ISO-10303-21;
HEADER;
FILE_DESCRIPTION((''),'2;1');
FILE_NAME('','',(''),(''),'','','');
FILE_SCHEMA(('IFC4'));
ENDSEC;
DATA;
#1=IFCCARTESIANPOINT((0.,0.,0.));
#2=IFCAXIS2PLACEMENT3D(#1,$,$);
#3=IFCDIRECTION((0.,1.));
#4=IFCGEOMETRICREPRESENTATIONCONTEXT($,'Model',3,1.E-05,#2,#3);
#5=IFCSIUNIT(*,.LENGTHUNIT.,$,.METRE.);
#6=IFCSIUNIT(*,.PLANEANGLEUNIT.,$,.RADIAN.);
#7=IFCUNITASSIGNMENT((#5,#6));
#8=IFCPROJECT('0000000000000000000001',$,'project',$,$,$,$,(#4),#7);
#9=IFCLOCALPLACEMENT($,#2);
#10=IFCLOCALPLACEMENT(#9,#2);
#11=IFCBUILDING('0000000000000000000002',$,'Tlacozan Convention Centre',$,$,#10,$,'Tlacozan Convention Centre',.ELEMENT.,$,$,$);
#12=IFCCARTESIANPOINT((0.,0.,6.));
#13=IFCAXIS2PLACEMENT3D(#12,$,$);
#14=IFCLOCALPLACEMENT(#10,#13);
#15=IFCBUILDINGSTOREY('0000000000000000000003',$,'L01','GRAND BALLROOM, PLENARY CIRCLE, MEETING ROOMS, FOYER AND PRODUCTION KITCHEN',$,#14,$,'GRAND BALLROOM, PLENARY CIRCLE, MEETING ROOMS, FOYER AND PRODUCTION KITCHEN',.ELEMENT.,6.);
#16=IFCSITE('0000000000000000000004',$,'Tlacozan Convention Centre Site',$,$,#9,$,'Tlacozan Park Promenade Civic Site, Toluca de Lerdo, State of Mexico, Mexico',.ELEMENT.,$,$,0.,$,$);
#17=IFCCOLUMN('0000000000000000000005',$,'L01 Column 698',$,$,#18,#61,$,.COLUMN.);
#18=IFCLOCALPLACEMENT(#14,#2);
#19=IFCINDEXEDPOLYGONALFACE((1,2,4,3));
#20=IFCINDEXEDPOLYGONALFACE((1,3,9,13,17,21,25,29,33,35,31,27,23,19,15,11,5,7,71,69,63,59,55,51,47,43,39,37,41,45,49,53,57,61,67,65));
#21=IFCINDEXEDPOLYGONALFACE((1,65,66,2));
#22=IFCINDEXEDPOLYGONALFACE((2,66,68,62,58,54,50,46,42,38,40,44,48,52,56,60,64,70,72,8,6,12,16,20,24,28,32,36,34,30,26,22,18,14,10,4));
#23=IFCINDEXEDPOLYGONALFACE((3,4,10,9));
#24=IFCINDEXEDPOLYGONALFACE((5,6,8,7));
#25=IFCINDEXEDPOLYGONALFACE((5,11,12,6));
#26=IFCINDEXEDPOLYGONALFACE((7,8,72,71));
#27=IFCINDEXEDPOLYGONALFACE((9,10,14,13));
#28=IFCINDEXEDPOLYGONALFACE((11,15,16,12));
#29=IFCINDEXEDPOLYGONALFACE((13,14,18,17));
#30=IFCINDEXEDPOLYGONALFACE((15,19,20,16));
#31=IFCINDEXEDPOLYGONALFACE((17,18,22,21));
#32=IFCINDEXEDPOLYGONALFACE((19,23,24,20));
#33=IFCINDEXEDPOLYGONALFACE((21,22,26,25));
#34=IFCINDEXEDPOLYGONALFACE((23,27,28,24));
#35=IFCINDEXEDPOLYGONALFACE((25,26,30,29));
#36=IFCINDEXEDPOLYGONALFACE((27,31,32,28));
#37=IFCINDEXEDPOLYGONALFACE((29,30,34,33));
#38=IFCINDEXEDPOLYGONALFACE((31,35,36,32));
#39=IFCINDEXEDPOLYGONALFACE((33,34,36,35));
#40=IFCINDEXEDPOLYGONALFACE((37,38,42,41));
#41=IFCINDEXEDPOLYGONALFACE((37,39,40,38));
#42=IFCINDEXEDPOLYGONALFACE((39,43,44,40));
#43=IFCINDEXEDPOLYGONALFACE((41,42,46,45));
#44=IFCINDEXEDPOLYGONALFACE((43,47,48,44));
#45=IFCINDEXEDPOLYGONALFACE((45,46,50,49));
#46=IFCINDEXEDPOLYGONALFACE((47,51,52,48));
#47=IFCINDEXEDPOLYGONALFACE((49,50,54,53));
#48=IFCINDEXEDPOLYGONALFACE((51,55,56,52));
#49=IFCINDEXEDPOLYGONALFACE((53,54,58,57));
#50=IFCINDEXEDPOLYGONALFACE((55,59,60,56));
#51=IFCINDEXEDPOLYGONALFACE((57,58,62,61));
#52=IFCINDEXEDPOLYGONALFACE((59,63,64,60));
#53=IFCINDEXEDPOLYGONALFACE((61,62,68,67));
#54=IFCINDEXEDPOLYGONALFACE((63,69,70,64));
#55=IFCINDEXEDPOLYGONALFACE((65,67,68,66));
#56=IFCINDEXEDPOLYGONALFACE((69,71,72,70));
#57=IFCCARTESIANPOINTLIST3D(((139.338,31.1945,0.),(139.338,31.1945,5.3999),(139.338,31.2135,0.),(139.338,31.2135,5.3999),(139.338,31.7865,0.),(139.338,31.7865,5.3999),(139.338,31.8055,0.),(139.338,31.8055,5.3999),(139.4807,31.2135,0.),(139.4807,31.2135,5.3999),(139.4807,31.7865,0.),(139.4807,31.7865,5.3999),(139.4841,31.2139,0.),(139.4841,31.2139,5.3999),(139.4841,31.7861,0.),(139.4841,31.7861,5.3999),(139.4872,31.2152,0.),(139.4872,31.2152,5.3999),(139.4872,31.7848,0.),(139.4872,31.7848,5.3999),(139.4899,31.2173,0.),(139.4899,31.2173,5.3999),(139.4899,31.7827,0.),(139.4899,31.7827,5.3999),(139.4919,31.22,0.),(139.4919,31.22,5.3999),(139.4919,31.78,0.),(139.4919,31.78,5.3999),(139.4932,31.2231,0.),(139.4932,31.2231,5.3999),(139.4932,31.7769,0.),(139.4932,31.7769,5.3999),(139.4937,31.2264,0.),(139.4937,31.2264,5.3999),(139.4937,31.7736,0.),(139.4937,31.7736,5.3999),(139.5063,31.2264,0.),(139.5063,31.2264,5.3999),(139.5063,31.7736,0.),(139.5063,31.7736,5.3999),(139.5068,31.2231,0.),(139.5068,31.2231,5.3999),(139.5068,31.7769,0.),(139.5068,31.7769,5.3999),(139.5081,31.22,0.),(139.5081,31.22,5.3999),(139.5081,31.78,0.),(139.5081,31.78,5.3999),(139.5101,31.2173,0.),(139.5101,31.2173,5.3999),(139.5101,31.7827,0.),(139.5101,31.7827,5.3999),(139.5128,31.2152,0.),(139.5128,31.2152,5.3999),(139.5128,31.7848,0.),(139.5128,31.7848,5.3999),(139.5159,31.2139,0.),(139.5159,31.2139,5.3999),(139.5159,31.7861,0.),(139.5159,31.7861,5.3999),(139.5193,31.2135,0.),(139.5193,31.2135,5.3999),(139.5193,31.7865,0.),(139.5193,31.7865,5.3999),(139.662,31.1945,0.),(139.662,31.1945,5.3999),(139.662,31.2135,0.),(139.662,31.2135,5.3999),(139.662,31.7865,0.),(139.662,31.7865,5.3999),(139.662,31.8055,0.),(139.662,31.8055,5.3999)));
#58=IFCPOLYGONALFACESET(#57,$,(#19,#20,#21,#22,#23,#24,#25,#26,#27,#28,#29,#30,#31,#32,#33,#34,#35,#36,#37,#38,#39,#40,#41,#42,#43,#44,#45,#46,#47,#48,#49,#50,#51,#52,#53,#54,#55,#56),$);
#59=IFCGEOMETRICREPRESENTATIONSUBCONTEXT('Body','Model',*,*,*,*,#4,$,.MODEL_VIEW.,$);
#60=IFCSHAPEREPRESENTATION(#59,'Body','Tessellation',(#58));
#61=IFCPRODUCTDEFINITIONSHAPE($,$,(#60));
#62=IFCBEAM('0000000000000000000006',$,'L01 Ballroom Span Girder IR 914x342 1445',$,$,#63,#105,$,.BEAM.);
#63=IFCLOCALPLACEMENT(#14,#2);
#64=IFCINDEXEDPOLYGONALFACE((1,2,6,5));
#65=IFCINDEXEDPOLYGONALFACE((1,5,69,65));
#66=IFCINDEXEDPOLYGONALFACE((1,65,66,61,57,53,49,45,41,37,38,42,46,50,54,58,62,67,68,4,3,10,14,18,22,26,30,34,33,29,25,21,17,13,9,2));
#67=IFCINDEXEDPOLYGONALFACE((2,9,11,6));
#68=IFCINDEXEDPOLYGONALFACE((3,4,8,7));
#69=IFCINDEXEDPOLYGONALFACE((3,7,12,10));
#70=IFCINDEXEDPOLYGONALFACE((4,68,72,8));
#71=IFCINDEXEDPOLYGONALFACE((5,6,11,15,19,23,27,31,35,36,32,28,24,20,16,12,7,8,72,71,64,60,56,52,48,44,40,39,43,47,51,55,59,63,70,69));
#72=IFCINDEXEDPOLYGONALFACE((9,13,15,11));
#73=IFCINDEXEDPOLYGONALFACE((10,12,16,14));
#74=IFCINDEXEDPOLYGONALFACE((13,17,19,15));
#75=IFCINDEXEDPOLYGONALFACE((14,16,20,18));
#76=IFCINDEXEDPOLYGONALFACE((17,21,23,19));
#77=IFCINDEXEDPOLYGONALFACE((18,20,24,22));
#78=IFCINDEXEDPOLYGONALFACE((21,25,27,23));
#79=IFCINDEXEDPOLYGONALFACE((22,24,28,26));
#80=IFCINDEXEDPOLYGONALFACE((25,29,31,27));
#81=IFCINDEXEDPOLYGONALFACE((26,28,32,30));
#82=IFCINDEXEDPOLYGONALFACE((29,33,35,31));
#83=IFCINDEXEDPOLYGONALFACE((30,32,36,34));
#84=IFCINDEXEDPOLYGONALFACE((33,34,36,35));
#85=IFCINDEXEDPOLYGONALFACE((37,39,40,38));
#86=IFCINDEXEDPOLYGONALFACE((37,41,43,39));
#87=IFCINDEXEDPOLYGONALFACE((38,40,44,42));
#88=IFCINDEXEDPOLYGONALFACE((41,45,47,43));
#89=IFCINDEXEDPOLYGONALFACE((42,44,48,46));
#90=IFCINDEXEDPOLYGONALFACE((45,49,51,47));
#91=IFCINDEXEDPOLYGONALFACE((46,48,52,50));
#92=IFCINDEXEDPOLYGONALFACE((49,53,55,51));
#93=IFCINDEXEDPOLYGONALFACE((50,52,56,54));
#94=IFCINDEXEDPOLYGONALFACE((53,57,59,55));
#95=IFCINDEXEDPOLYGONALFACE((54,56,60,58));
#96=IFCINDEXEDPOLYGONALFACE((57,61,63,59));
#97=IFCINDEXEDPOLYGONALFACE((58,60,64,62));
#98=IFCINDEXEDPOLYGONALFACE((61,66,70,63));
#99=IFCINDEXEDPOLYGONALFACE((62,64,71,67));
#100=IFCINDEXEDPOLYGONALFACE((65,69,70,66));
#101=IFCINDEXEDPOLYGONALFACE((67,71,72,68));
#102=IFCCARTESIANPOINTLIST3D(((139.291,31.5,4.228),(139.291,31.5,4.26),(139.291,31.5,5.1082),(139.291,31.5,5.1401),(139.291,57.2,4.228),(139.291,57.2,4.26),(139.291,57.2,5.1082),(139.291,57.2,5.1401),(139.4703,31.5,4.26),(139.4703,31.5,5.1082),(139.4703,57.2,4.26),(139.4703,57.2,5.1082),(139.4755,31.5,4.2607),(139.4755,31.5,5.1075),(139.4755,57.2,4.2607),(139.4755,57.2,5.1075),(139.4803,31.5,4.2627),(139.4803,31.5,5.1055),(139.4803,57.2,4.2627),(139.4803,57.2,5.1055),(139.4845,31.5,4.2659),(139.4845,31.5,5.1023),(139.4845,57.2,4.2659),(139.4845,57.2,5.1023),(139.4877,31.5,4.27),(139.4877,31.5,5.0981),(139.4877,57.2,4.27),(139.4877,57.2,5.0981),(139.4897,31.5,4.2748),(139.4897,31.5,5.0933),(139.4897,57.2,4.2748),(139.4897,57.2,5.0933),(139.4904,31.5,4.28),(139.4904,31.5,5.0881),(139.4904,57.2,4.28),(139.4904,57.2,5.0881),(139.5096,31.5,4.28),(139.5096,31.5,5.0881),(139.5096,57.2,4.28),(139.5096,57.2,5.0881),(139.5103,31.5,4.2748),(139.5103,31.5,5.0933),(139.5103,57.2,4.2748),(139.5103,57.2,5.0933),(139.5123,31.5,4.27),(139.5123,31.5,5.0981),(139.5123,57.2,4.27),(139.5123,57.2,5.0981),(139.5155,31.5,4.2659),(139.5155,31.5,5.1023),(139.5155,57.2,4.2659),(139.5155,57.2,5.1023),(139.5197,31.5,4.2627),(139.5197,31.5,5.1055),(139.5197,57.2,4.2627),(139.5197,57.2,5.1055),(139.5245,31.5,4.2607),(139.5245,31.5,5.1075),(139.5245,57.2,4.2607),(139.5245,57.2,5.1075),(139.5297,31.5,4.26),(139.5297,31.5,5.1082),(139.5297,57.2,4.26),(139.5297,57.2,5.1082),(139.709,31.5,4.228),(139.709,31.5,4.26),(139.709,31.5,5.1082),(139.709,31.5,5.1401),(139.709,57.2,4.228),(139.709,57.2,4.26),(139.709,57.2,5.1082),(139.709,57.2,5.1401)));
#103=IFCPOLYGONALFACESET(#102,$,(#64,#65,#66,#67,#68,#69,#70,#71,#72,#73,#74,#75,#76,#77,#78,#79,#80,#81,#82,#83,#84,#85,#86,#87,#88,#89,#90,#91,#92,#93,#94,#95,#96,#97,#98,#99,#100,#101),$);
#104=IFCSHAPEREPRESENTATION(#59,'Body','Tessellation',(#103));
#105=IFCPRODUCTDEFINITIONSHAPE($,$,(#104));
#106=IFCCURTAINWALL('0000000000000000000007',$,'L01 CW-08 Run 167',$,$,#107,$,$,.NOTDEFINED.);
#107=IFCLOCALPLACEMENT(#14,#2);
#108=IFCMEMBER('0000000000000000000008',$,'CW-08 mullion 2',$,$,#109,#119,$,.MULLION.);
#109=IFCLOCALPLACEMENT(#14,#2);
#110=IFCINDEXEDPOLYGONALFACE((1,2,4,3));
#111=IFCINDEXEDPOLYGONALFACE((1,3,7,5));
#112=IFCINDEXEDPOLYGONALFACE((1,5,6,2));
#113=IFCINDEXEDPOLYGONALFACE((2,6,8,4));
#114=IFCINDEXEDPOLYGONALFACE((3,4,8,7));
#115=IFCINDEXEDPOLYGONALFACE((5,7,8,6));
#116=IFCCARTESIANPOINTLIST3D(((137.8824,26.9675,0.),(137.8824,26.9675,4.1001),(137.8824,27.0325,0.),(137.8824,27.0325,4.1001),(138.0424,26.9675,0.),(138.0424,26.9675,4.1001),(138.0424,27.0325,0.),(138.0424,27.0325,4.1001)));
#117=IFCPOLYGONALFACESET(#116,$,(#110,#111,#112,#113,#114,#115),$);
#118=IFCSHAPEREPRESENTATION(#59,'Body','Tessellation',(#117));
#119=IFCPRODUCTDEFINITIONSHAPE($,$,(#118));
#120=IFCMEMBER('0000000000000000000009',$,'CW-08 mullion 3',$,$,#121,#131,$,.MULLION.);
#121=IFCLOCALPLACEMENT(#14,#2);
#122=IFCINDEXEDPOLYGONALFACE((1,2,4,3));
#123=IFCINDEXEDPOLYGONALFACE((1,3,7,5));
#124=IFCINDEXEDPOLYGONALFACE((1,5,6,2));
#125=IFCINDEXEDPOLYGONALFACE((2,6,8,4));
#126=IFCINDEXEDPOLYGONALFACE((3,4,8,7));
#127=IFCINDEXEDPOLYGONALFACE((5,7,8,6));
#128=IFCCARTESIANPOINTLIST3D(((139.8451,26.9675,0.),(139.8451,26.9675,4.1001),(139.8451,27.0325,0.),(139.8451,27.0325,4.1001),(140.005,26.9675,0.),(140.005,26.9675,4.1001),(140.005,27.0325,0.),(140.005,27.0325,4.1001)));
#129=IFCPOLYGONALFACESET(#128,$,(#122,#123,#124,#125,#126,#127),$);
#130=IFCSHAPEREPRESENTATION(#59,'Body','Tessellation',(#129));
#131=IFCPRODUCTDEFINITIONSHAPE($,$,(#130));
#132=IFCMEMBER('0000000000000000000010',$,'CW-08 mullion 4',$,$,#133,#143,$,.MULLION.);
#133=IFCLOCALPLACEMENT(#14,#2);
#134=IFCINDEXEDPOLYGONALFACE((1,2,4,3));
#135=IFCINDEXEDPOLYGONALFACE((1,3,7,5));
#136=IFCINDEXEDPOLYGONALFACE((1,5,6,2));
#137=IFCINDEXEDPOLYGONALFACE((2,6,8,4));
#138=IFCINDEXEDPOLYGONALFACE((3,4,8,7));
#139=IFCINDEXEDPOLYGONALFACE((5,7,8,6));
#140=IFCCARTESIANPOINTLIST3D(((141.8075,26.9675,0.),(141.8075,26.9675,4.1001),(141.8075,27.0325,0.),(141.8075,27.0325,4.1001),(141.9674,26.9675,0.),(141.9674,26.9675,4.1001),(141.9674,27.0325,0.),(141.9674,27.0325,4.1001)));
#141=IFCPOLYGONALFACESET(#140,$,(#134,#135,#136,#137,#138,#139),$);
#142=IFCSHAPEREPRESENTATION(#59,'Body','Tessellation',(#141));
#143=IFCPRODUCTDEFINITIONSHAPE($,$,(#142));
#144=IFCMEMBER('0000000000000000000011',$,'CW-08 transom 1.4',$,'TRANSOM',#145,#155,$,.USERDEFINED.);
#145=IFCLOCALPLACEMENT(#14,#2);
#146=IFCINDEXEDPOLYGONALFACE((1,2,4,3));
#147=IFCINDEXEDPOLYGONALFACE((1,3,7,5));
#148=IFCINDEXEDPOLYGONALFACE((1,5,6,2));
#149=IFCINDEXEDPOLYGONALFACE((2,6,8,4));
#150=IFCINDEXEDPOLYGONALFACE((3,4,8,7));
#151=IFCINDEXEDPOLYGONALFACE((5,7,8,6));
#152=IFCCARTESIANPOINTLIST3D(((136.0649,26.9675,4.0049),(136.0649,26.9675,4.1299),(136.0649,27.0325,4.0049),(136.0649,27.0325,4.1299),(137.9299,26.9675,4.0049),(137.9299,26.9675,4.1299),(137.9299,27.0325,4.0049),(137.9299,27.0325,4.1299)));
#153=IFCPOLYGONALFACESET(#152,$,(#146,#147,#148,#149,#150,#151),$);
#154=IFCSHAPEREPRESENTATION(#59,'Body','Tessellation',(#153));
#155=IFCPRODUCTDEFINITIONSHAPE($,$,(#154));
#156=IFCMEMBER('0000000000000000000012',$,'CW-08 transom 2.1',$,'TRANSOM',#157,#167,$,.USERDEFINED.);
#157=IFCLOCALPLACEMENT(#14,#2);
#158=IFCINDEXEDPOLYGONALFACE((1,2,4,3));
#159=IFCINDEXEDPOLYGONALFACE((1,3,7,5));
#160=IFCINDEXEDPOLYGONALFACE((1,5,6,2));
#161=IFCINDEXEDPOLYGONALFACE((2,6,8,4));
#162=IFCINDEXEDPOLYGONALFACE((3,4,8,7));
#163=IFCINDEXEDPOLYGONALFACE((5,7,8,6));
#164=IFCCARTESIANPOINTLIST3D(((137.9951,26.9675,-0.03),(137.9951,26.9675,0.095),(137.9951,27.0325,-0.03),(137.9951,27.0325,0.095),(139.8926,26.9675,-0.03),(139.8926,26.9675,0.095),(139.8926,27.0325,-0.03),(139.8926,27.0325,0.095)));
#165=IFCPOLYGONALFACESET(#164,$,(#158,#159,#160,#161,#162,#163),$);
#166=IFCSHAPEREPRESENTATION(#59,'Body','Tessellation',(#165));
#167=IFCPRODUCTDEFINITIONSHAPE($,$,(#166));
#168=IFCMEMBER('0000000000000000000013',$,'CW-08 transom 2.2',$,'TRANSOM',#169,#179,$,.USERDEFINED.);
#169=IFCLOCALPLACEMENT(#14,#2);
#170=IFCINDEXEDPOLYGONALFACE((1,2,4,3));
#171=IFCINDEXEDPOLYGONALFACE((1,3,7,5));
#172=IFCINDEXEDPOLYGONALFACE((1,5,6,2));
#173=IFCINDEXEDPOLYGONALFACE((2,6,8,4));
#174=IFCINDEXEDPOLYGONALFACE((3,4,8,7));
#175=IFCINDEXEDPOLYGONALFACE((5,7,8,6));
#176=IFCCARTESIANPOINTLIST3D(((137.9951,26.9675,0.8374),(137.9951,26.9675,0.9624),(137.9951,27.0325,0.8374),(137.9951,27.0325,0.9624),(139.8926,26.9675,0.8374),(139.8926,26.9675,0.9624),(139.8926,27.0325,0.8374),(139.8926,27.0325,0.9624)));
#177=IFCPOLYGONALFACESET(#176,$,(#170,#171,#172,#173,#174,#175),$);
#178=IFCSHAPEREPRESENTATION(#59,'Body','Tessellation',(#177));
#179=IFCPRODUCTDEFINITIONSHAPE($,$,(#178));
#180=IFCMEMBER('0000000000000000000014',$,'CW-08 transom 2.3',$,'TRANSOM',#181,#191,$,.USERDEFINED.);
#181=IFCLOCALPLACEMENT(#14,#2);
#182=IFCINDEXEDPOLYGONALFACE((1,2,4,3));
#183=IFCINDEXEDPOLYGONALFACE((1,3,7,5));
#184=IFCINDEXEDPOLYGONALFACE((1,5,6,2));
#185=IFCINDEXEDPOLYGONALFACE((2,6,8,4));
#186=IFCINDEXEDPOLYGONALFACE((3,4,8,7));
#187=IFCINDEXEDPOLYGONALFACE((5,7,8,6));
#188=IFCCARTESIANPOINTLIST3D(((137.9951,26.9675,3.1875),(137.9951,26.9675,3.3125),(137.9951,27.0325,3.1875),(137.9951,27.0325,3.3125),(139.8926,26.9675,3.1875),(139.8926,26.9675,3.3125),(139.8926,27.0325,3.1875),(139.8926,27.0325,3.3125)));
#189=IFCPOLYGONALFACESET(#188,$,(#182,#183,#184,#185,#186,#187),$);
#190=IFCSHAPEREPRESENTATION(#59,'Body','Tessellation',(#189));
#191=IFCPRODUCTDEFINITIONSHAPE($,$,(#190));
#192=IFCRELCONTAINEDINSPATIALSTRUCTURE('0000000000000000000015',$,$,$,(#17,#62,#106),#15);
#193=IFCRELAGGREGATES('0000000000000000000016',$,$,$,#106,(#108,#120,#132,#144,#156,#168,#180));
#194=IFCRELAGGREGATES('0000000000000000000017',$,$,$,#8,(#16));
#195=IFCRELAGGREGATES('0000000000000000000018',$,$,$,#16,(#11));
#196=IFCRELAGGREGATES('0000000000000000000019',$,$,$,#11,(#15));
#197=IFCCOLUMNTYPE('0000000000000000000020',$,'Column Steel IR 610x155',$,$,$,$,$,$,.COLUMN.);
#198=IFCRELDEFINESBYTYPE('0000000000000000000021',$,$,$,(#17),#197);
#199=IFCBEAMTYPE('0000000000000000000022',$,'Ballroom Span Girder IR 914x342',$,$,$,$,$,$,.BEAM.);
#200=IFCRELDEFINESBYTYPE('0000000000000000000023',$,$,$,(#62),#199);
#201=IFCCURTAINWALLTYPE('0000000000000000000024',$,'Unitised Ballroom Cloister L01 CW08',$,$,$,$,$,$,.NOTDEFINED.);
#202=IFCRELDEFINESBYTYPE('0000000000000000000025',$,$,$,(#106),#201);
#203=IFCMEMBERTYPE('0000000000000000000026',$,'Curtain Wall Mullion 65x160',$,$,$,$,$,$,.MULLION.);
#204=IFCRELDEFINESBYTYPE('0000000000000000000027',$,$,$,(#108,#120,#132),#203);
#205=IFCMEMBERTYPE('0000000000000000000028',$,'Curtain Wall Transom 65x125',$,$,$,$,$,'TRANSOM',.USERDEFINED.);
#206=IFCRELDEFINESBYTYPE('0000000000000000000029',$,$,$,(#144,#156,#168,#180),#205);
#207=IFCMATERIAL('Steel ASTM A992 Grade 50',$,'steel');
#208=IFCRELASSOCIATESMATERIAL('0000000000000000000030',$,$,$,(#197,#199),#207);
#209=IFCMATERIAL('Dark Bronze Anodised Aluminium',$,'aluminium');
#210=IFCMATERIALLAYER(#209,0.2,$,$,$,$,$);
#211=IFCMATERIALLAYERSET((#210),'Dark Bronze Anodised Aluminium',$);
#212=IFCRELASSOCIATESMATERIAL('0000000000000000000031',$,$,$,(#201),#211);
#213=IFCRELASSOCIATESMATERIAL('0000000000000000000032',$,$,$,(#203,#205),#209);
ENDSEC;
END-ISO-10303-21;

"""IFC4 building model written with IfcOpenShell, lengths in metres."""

from ifc_helpers import new_model, si_unit, direction, frame, origin, origin_2d, place, context, subcontext, project, spatial, rectangle, i_section, extrude, material, layer, layer_set, material_profile, profile_set, type_object, element, aggregate, save


model = new_model("IFC4")

# Units and contexts
model_context = context("Model", 3, precision=1e-05, world=origin(), true_north=direction((0.0, 1.0)))
body_context = subcontext(model_context, "Body", "Model", "MODEL_VIEW")
ifc_project = project(units=[si_unit("LENGTHUNIT", "METRE"), si_unit("PLANEANGLEUNIT", "RADIAN")], contexts=[model_context])

# Site, building, storey
site_placement = place(None, origin())
site = spatial("IfcSite", under=ifc_project, at=site_placement, Name="Tlacozan Convention Centre Site", LongName="Tlacozan Park Promenade Civic Site, Toluca de Lerdo, State of Mexico, Mexico", CompositionType="ELEMENT", RefElevation=0.0)
building_placement = place(site_placement, origin())
building = spatial("IfcBuilding", under=site, at=building_placement, Name="Tlacozan Convention Centre", LongName="Tlacozan Convention Centre", CompositionType="ELEMENT")
storey_placement = place(building_placement, frame((0.0, 0.0, 6.0)))
storey = spatial("IfcBuildingStorey", under=building, at=storey_placement, Name="L01", Description="GRAND BALLROOM, PLENARY CIRCLE, MEETING ROOMS, FOYER AND PRODUCTION KITCHEN", LongName="GRAND BALLROOM, PLENARY CIRCLE, MEETING ROOMS, FOYER AND PRODUCTION KITCHEN", CompositionType="ELEMENT", Elevation=6.0)

# Column
ifc_material_1 = material(Name="Steel ASTM A992 Grade 50", Category="steel")
ifc_material_profile_1 = material_profile(ifc_material_1, i_section(OverallWidth=0.324, OverallDepth=0.6111, WebThickness=0.0127, FlangeThickness=0.019, FilletRadius=0.0129, at=origin_2d()), Name="IR 610x155.0")
ifc_profile_set_1 = profile_set([ifc_material_profile_1], Name="Steel ASTM A992 Grade 50")
column_type = type_object("IfcColumnType", Name="Column Steel IR 610x155", PredefinedType="COLUMN", material=ifc_profile_set_1)
column_placement = place(storey_placement, frame((139.5, 31.5, 0.0), z_axis=(0.0, 0.0, 1.0), x_axis=(1.0, 0.0, 0.0)))
element("IfcColumn", 1, at=column_placement, inside=storey, type_object=column_type, Name="L01 Column 698", PredefinedType="COLUMN", context=body_context, shape_type="SweptSolid", body=[
    extrude(i_section(OverallWidth=0.324, OverallDepth=0.6111, WebThickness=0.0127, FlangeThickness=0.019, FilletRadius=0.0129, at=origin_2d()), origin(), (0.0, 0.0, 1.0), 5.3999),
])

# Beam
ifc_material_profile_2 = material_profile(ifc_material_1, i_section(OverallWidth=0.418, OverallDepth=0.9121, WebThickness=0.0193, FlangeThickness=0.032, FilletRadius=0.02, at=origin_2d()), Name="IR 914x342.0")
ifc_profile_set_2 = profile_set([ifc_material_profile_2], Name="Steel ASTM A992 Grade 50")
beam_type = type_object("IfcBeamType", Name="Ballroom Span Girder IR 914x342", PredefinedType="BEAM", material=ifc_profile_set_2)
beam_placement = place(storey_placement, frame((139.5, 31.5, 4.6841), z_axis=(0.0, 1.0, 0.0), x_axis=(-1.0, 0.0, 0.0)))
element("IfcBeam", 2, at=beam_placement, inside=storey, type_object=beam_type, Name="L01 Ballroom Span Girder IR 914x342 1445", PredefinedType="BEAM", context=body_context, shape_type="SweptSolid", body=[
    extrude(i_section(OverallWidth=0.418, OverallDepth=0.9121, WebThickness=0.0193, FlangeThickness=0.032, FilletRadius=0.02, at=origin_2d()), origin(), (0.0, 0.0, 1.0), 25.7),
])

# Curtain wall, members
ifc_material_2 = material(Name="Dark Bronze Anodised Aluminium", Category="aluminium")
ifc_layer_1 = layer(ifc_material_2, 0.2)
ifc_layer_set_1 = layer_set([ifc_layer_1], Name="Dark Bronze Anodised Aluminium")
curtain_wall_type = type_object("IfcCurtainWallType", Name="Unitised Ballroom Cloister L01 CW08", PredefinedType="NOTDEFINED", material=ifc_layer_set_1)
curtain_wall_placement = place(storey_placement, origin())
curtain_wall = element("IfcCurtainWall", 3, at=curtain_wall_placement, inside=storey, type_object=curtain_wall_type, Name="L01 CW-08 Run 167", PredefinedType="NOTDEFINED")
ifc_material_profile_3 = material_profile(ifc_material_2, rectangle(XDim=0.0649, YDim=0.1599, at=origin_2d()), Name="ALU 65x160")
ifc_profile_set_3 = profile_set([ifc_material_profile_3], Name="Dark Bronze Anodised Aluminium")
member_type_1 = type_object("IfcMemberType", Name="Curtain Wall Mullion 65x160", PredefinedType="MULLION", material=ifc_profile_set_3)
member_1_placement = place(storey_placement, frame((137.9624, 27.0, 0.0), z_axis=(0.0, 0.0, 1.0), x_axis=(0.0, 1.0, 0.0)))
member_1 = element("IfcMember", 4, at=member_1_placement, type_object=member_type_1, Name="CW-08 mullion 2", PredefinedType="MULLION", context=body_context, shape_type="SweptSolid", body=[
    extrude(rectangle(XDim=0.0649, YDim=0.1599, at=origin_2d()), origin(), (0.0, 0.0, 1.0), 4.1001),
])
member_2_placement = place(storey_placement, frame((139.925, 27.0, 0.0), z_axis=(0.0, 0.0, 1.0), x_axis=(0.0, 1.0, 0.0)))
member_2 = element("IfcMember", 5, at=member_2_placement, type_object=member_type_1, Name="CW-08 mullion 3", PredefinedType="MULLION", context=body_context, shape_type="SweptSolid", body=[
    extrude(rectangle(XDim=0.0649, YDim=0.1599, at=origin_2d()), origin(), (0.0, 0.0, 1.0), 4.1001),
])
member_3_placement = place(storey_placement, frame((141.8875, 27.0, 0.0), z_axis=(0.0, 0.0, 1.0), x_axis=(0.0, 1.0, 0.0)))
member_3 = element("IfcMember", 6, at=member_3_placement, type_object=member_type_1, Name="CW-08 mullion 4", PredefinedType="MULLION", context=body_context, shape_type="SweptSolid", body=[
    extrude(rectangle(XDim=0.0649, YDim=0.1599, at=origin_2d()), origin(), (0.0, 0.0, 1.0), 4.1001),
])
ifc_material_profile_4 = material_profile(ifc_material_2, rectangle(XDim=0.0649, YDim=0.125, at=origin_2d()), Name="ALU 65x125")
ifc_profile_set_4 = profile_set([ifc_material_profile_4], Name="Dark Bronze Anodised Aluminium")
member_type_2 = type_object("IfcMemberType", Name="Curtain Wall Transom 65x125", ElementType="TRANSOM", PredefinedType="USERDEFINED", material=ifc_profile_set_4)
member_4_placement = place(storey_placement, frame((136.0649, 27.0, 4.0674), z_axis=(1.0, 0.0, 0.0), x_axis=(0.0, 1.0, 0.0)))
member_4 = element("IfcMember", 7, at=member_4_placement, type_object=member_type_2, Name="CW-08 transom 1.4", ObjectType="TRANSOM", PredefinedType="USERDEFINED", context=body_context, shape_type="SweptSolid", body=[
    extrude(rectangle(XDim=0.0649, YDim=0.125, at=origin_2d()), origin(), (0.0, 0.0, 1.0), 1.865),
])
member_5_placement = place(storey_placement, frame((137.9951, 27.0, 0.0325), z_axis=(1.0, 0.0, 0.0), x_axis=(0.0, 1.0, 0.0)))
member_5 = element("IfcMember", 8, at=member_5_placement, type_object=member_type_2, Name="CW-08 transom 2.1", ObjectType="TRANSOM", PredefinedType="USERDEFINED", context=body_context, shape_type="SweptSolid", body=[
    extrude(rectangle(XDim=0.0649, YDim=0.125, at=origin_2d()), origin(), (0.0, 0.0, 1.0), 1.8975),
])
member_6_placement = place(storey_placement, frame((137.9951, 27.0, 0.8999), z_axis=(1.0, 0.0, 0.0), x_axis=(0.0, 1.0, 0.0)))
member_6 = element("IfcMember", 9, at=member_6_placement, type_object=member_type_2, Name="CW-08 transom 2.2", ObjectType="TRANSOM", PredefinedType="USERDEFINED", context=body_context, shape_type="SweptSolid", body=[
    extrude(rectangle(XDim=0.0649, YDim=0.125, at=origin_2d()), origin(), (0.0, 0.0, 1.0), 1.8975),
])
member_7_placement = place(storey_placement, frame((137.9951, 27.0, 3.25), z_axis=(1.0, 0.0, 0.0), x_axis=(0.0, 1.0, 0.0)))
member_7 = element("IfcMember", 10, at=member_7_placement, type_object=member_type_2, Name="CW-08 transom 2.3", ObjectType="TRANSOM", PredefinedType="USERDEFINED", context=body_context, shape_type="SweptSolid", body=[
    extrude(rectangle(XDim=0.0649, YDim=0.125, at=origin_2d()), origin(), (0.0, 0.0, 1.0), 1.8975),
])
aggregate(curtain_wall, [member_1, member_2, member_3, member_4, member_5, member_6, member_7])

save(model, "model.ifc")
